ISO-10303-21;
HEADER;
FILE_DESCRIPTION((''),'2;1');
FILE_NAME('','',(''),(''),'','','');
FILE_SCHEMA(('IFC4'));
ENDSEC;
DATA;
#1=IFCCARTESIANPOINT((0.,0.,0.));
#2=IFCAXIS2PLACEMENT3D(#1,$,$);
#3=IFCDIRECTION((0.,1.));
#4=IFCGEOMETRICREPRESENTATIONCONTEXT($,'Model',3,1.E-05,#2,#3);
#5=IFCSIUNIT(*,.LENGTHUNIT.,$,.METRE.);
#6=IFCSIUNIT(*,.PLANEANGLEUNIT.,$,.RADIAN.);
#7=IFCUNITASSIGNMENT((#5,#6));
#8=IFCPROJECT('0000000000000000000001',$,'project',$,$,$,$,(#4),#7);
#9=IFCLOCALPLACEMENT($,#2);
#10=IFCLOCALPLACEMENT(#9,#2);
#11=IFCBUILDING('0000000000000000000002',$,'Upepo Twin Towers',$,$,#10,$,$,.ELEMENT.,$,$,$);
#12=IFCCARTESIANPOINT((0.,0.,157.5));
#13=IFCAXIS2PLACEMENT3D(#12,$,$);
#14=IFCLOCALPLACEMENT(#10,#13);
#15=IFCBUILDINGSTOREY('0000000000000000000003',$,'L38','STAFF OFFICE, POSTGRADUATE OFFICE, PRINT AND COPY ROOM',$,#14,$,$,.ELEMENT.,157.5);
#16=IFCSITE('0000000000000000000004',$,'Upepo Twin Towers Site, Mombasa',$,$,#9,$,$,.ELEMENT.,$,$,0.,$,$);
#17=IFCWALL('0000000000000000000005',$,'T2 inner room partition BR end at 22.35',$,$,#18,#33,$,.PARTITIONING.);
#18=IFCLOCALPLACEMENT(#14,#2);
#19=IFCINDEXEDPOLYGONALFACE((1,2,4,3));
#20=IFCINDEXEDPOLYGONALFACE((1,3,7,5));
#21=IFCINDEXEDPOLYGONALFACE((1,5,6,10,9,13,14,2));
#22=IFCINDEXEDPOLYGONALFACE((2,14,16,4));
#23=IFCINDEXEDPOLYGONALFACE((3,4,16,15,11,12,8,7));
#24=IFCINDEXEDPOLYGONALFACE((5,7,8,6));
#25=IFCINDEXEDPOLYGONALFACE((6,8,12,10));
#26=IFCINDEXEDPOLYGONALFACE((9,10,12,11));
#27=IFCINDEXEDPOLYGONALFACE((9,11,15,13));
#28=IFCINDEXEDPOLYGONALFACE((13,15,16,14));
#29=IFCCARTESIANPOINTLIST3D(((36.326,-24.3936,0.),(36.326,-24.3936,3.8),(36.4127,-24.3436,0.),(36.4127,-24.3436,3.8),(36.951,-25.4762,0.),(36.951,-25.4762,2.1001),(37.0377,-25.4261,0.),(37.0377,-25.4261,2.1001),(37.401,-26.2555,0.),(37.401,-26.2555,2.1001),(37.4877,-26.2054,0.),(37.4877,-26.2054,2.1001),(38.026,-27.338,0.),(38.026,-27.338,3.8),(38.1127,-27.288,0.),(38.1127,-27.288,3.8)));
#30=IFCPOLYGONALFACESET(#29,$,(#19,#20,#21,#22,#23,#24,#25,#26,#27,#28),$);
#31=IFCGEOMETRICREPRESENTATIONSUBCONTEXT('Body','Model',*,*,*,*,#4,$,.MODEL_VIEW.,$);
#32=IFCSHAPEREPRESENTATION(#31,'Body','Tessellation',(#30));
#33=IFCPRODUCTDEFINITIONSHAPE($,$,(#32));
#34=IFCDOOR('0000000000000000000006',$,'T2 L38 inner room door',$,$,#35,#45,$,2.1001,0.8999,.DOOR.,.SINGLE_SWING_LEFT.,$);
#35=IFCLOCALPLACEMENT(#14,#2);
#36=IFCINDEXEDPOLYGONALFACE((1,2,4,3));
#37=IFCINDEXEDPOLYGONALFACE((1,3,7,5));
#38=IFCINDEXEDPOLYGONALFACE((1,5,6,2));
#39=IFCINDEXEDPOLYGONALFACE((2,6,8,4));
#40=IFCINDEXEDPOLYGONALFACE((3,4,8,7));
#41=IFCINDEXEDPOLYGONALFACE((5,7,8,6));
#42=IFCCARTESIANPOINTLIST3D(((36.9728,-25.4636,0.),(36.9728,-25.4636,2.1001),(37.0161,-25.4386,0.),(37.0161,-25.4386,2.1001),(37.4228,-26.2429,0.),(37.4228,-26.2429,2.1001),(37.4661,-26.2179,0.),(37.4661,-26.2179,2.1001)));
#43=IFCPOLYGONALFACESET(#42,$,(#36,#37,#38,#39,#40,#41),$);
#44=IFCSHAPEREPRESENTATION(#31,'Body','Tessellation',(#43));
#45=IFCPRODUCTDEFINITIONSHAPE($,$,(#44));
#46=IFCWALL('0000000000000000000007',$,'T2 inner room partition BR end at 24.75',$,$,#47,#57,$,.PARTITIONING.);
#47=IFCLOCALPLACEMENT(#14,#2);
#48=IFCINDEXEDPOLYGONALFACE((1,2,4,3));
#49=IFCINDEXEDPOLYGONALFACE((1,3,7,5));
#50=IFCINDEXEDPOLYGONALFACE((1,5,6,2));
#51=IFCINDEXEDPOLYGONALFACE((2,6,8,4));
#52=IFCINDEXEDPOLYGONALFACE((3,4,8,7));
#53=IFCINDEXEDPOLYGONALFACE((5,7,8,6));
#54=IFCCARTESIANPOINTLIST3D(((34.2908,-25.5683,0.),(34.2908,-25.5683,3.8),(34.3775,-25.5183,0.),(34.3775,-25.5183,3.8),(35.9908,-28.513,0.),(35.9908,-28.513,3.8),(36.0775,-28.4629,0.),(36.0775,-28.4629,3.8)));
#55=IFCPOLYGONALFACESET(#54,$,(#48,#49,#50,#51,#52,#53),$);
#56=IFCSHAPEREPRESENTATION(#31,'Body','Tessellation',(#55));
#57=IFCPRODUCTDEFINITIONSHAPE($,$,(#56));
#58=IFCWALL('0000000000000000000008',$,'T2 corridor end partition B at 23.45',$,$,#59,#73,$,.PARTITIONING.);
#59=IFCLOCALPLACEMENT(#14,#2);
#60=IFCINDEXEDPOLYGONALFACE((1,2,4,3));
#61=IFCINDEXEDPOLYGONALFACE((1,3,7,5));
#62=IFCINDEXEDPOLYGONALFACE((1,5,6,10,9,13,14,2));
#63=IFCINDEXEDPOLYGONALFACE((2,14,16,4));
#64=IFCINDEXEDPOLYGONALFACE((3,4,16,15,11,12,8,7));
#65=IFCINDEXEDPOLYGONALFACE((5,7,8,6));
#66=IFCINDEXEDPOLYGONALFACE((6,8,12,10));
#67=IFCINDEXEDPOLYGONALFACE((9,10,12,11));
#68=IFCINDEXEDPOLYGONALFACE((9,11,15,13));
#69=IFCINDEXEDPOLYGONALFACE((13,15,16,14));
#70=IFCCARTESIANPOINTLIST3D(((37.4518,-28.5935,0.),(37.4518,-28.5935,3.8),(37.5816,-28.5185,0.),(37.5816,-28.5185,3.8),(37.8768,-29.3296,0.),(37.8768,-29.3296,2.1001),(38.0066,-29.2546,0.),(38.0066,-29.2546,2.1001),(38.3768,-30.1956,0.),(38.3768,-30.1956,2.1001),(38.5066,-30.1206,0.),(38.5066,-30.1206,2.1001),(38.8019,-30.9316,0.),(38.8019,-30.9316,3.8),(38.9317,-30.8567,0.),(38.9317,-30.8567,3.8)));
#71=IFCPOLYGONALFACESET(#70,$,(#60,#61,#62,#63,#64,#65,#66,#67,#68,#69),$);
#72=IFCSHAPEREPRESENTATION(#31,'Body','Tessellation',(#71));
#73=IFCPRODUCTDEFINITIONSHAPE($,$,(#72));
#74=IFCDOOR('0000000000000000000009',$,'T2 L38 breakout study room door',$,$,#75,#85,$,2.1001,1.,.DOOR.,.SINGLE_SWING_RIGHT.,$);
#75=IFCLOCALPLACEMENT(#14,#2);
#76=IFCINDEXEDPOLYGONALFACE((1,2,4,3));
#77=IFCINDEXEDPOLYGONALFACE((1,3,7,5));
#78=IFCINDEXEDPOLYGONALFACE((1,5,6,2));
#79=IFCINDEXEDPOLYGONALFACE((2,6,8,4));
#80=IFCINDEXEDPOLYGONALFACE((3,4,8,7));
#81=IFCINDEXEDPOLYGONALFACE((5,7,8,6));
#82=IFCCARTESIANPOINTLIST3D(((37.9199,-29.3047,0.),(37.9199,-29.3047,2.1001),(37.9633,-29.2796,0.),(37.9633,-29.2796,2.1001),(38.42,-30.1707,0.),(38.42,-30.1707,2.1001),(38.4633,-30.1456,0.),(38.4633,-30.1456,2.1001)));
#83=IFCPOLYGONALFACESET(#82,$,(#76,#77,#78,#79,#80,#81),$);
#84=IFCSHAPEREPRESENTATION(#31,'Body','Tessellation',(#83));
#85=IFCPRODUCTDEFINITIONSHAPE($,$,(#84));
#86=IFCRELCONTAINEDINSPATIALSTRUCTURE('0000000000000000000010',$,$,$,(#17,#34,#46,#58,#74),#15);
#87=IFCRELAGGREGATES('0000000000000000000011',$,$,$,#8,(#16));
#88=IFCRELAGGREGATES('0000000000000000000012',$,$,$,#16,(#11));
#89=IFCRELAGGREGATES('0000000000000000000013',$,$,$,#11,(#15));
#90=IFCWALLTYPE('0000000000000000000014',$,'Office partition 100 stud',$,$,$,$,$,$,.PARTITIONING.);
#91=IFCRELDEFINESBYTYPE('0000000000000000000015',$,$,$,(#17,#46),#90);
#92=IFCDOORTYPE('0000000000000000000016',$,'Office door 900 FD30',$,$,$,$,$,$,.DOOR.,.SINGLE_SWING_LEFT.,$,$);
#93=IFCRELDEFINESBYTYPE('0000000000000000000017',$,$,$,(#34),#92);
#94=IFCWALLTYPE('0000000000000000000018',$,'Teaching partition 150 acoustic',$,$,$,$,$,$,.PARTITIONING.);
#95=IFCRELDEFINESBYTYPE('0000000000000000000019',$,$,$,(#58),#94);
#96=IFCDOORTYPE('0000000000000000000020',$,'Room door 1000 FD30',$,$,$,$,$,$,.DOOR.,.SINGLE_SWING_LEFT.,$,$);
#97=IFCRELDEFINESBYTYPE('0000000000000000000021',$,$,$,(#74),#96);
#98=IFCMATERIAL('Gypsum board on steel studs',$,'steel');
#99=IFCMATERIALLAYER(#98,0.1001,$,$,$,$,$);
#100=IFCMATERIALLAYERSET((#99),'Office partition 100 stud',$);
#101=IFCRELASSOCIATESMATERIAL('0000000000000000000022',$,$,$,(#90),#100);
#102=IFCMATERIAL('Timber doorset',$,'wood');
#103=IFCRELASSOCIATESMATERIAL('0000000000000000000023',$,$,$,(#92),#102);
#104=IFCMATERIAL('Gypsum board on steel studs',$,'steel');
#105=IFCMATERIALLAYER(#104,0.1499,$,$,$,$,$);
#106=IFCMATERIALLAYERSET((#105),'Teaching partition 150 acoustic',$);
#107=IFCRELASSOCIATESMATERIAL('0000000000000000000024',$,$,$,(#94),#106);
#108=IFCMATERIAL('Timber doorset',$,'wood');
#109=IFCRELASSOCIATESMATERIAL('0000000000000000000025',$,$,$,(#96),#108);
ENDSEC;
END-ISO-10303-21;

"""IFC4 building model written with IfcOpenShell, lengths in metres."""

from ifc_helpers import new_model, si_unit, direction, frame, frame_2d, origin, place, context, subcontext, project, spatial, rectangle, extrude, material, layer, layer_set, type_object, element, fill, save


model = new_model("IFC4")

# Units and contexts
model_context = context("Model", 3, precision=1e-05, world=origin(), true_north=direction((0.0, 1.0)))
body_context = subcontext(model_context, "Body", "Model", "MODEL_VIEW")
ifc_project = project(units=[si_unit("LENGTHUNIT", "METRE"), si_unit("PLANEANGLEUNIT", "RADIAN")], contexts=[model_context])

# Site, building, storey
site_placement = place(None, origin())
site = spatial("IfcSite", under=ifc_project, at=site_placement, Name="Upepo Twin Towers Site, Mombasa", CompositionType="ELEMENT", RefElevation=0.0)
building_placement = place(site_placement, origin())
building = spatial("IfcBuilding", under=site, at=building_placement, Name="Upepo Twin Towers", CompositionType="ELEMENT")
storey_placement = place(building_placement, frame((0.0, 0.0, 157.5)))
storey = spatial("IfcBuildingStorey", under=building, at=storey_placement, Name="L38", Description="STAFF OFFICE, POSTGRADUATE OFFICE, PRINT AND COPY ROOM", CompositionType="ELEMENT", Elevation=157.5)

# Shared definitions
ifc_material_1 = material(Name="Gypsum board on steel studs", Category="steel")
ifc_layer_1 = layer(ifc_material_1, 0.1001)
ifc_layer_set_1 = layer_set([ifc_layer_1], Name="Office partition 100 stud")
wall_type_1 = type_object("IfcWallType", Name="Office partition 100 stud", PredefinedType="PARTITIONING", material=ifc_layer_set_1)
ifc_material_2 = material(Name="Timber doorset", Category="wood")
door_type_1 = type_object("IfcDoorType", Name="Office door 900 FD30", OperationType="SINGLE_SWING_LEFT", PredefinedType="DOOR", material=ifc_material_2)

# Wall, opening, door
wall_1_placement = place(storey_placement, frame((38.0693, -27.313, 0.0), z_axis=(0.0, 0.0, 1.0), x_axis=(-0.500008, 0.866021, 0.0)))
wall_1 = element("IfcWall", 1, at=wall_1_placement, inside=storey, type_object=wall_type_1, Name="T2 inner room partition BR end at 22.35", PredefinedType="PARTITIONING", context=body_context, shape_type="SweptSolid", body=[
    extrude(rectangle(XDim=3.3999, YDim=0.1001, at=frame_2d((1.7, 0.0))), origin(), (0.0, 0.0, 1.0), 3.8),
])
opening_1_placement = place(wall_1_placement, frame((1.25, 0.0, 0.0)))
opening_1 = element("IfcOpeningElement", 2, at=opening_1_placement, cuts=wall_1, PredefinedType="OPENING", context=body_context, shape_type="SweptSolid", body=[
    extrude(rectangle(XDim=0.8999, YDim=2.1001, at=frame_2d((0.45, 1.05))), frame((0.0, 0.0601, 0.0), z_axis=(0.0, -1.0, 0.0), x_axis=(1.0, 0.0, 0.0)), (0.0, 0.0, 1.0), 0.1201),
])
door_1_placement = place(opening_1_placement, origin())
door_1 = element("IfcDoor", 3, at=door_1_placement, inside=storey, type_object=door_type_1, Name="T2 L38 inner room door", OperationType="SINGLE_SWING_LEFT", OverallHeight=2.1001, OverallWidth=0.8999, PredefinedType="DOOR", context=body_context, shape_type="SweptSolid", body=[
    extrude(rectangle(XDim=0.8999, YDim=2.1001, at=frame_2d((0.45, 1.05))), frame((0.0, 0.0249, 0.0), z_axis=(0.0, -1.0, 0.0), x_axis=(1.0, 0.0, 0.0)), (0.0, 0.0, 1.0), 0.05),
])
fill(opening_1, door_1)

# Wall
wall_2_placement = place(storey_placement, frame((36.0342, -28.488, 0.0), z_axis=(0.0, 0.0, 1.0), x_axis=(-0.499977, 0.866039, 0.0)))
element("IfcWall", 4, at=wall_2_placement, inside=storey, type_object=wall_type_1, Name="T2 inner room partition BR end at 24.75", PredefinedType="PARTITIONING", context=body_context, shape_type="SweptSolid", body=[
    extrude(rectangle(XDim=3.4001, YDim=0.1001, at=frame_2d((1.7002, 0.0))), origin(), (0.0, 0.0, 1.0), 3.8),
])

# Wall, opening, door
ifc_material_3 = material(Name="Gypsum board on steel studs", Category="steel")
ifc_layer_2 = layer(ifc_material_3, 0.1499)
ifc_layer_set_2 = layer_set([ifc_layer_2], Name="Teaching partition 150 acoustic")
wall_type_2 = type_object("IfcWallType", Name="Teaching partition 150 acoustic", PredefinedType="PARTITIONING", material=ifc_layer_set_2)
wall_3_placement = place(storey_placement, frame((37.5166, -28.5559, 0.0), z_axis=(0.0, 0.0, 1.0), x_axis=(0.500049, -0.865997, 0.0)))
wall_3 = element("IfcWall", 5, at=wall_3_placement, inside=storey, type_object=wall_type_2, Name="T2 corridor end partition B at 23.45", PredefinedType="PARTITIONING", context=body_context, shape_type="SweptSolid", body=[
    extrude(rectangle(XDim=2.7, YDim=0.1499, at=frame_2d((1.3501, 0.0))), origin(), (0.0, 0.0, 1.0), 3.8),
])
opening_2_placement = place(wall_3_placement, frame((0.8501, 0.0, 0.0)))
opening_2 = element("IfcOpeningElement", 6, at=opening_2_placement, cuts=wall_3, PredefinedType="OPENING", context=body_context, shape_type="SweptSolid", body=[
    extrude(rectangle(XDim=1.0, YDim=2.1001, at=frame_2d((0.5, 1.05))), frame((0.0, 0.085, 0.0), z_axis=(0.0, -1.0, 0.0), x_axis=(1.0, 0.0, 0.0)), (0.0, 0.0, 1.0), 0.1699),
])
ifc_material_4 = material(Name="Timber doorset", Category="wood")
door_type_2 = type_object("IfcDoorType", Name="Room door 1000 FD30", OperationType="SINGLE_SWING_LEFT", PredefinedType="DOOR", material=ifc_material_4)
door_2_placement = place(opening_2_placement, origin())
door_2 = element("IfcDoor", 7, at=door_2_placement, inside=storey, type_object=door_type_2, Name="T2 L38 breakout study room door", OperationType="SINGLE_SWING_RIGHT", OverallHeight=2.1001, OverallWidth=1.0, PredefinedType="DOOR", context=body_context, shape_type="SweptSolid", body=[
    extrude(rectangle(XDim=1.0, YDim=2.1001, at=frame_2d((0.5, 1.05))), frame((0.0, 0.0249, 0.0), z_axis=(0.0, -1.0, 0.0), x_axis=(1.0, 0.0, 0.0)), (0.0, 0.0, 1.0), 0.05),
])
fill(opening_2, door_2)

save(model, "model.ifc")
